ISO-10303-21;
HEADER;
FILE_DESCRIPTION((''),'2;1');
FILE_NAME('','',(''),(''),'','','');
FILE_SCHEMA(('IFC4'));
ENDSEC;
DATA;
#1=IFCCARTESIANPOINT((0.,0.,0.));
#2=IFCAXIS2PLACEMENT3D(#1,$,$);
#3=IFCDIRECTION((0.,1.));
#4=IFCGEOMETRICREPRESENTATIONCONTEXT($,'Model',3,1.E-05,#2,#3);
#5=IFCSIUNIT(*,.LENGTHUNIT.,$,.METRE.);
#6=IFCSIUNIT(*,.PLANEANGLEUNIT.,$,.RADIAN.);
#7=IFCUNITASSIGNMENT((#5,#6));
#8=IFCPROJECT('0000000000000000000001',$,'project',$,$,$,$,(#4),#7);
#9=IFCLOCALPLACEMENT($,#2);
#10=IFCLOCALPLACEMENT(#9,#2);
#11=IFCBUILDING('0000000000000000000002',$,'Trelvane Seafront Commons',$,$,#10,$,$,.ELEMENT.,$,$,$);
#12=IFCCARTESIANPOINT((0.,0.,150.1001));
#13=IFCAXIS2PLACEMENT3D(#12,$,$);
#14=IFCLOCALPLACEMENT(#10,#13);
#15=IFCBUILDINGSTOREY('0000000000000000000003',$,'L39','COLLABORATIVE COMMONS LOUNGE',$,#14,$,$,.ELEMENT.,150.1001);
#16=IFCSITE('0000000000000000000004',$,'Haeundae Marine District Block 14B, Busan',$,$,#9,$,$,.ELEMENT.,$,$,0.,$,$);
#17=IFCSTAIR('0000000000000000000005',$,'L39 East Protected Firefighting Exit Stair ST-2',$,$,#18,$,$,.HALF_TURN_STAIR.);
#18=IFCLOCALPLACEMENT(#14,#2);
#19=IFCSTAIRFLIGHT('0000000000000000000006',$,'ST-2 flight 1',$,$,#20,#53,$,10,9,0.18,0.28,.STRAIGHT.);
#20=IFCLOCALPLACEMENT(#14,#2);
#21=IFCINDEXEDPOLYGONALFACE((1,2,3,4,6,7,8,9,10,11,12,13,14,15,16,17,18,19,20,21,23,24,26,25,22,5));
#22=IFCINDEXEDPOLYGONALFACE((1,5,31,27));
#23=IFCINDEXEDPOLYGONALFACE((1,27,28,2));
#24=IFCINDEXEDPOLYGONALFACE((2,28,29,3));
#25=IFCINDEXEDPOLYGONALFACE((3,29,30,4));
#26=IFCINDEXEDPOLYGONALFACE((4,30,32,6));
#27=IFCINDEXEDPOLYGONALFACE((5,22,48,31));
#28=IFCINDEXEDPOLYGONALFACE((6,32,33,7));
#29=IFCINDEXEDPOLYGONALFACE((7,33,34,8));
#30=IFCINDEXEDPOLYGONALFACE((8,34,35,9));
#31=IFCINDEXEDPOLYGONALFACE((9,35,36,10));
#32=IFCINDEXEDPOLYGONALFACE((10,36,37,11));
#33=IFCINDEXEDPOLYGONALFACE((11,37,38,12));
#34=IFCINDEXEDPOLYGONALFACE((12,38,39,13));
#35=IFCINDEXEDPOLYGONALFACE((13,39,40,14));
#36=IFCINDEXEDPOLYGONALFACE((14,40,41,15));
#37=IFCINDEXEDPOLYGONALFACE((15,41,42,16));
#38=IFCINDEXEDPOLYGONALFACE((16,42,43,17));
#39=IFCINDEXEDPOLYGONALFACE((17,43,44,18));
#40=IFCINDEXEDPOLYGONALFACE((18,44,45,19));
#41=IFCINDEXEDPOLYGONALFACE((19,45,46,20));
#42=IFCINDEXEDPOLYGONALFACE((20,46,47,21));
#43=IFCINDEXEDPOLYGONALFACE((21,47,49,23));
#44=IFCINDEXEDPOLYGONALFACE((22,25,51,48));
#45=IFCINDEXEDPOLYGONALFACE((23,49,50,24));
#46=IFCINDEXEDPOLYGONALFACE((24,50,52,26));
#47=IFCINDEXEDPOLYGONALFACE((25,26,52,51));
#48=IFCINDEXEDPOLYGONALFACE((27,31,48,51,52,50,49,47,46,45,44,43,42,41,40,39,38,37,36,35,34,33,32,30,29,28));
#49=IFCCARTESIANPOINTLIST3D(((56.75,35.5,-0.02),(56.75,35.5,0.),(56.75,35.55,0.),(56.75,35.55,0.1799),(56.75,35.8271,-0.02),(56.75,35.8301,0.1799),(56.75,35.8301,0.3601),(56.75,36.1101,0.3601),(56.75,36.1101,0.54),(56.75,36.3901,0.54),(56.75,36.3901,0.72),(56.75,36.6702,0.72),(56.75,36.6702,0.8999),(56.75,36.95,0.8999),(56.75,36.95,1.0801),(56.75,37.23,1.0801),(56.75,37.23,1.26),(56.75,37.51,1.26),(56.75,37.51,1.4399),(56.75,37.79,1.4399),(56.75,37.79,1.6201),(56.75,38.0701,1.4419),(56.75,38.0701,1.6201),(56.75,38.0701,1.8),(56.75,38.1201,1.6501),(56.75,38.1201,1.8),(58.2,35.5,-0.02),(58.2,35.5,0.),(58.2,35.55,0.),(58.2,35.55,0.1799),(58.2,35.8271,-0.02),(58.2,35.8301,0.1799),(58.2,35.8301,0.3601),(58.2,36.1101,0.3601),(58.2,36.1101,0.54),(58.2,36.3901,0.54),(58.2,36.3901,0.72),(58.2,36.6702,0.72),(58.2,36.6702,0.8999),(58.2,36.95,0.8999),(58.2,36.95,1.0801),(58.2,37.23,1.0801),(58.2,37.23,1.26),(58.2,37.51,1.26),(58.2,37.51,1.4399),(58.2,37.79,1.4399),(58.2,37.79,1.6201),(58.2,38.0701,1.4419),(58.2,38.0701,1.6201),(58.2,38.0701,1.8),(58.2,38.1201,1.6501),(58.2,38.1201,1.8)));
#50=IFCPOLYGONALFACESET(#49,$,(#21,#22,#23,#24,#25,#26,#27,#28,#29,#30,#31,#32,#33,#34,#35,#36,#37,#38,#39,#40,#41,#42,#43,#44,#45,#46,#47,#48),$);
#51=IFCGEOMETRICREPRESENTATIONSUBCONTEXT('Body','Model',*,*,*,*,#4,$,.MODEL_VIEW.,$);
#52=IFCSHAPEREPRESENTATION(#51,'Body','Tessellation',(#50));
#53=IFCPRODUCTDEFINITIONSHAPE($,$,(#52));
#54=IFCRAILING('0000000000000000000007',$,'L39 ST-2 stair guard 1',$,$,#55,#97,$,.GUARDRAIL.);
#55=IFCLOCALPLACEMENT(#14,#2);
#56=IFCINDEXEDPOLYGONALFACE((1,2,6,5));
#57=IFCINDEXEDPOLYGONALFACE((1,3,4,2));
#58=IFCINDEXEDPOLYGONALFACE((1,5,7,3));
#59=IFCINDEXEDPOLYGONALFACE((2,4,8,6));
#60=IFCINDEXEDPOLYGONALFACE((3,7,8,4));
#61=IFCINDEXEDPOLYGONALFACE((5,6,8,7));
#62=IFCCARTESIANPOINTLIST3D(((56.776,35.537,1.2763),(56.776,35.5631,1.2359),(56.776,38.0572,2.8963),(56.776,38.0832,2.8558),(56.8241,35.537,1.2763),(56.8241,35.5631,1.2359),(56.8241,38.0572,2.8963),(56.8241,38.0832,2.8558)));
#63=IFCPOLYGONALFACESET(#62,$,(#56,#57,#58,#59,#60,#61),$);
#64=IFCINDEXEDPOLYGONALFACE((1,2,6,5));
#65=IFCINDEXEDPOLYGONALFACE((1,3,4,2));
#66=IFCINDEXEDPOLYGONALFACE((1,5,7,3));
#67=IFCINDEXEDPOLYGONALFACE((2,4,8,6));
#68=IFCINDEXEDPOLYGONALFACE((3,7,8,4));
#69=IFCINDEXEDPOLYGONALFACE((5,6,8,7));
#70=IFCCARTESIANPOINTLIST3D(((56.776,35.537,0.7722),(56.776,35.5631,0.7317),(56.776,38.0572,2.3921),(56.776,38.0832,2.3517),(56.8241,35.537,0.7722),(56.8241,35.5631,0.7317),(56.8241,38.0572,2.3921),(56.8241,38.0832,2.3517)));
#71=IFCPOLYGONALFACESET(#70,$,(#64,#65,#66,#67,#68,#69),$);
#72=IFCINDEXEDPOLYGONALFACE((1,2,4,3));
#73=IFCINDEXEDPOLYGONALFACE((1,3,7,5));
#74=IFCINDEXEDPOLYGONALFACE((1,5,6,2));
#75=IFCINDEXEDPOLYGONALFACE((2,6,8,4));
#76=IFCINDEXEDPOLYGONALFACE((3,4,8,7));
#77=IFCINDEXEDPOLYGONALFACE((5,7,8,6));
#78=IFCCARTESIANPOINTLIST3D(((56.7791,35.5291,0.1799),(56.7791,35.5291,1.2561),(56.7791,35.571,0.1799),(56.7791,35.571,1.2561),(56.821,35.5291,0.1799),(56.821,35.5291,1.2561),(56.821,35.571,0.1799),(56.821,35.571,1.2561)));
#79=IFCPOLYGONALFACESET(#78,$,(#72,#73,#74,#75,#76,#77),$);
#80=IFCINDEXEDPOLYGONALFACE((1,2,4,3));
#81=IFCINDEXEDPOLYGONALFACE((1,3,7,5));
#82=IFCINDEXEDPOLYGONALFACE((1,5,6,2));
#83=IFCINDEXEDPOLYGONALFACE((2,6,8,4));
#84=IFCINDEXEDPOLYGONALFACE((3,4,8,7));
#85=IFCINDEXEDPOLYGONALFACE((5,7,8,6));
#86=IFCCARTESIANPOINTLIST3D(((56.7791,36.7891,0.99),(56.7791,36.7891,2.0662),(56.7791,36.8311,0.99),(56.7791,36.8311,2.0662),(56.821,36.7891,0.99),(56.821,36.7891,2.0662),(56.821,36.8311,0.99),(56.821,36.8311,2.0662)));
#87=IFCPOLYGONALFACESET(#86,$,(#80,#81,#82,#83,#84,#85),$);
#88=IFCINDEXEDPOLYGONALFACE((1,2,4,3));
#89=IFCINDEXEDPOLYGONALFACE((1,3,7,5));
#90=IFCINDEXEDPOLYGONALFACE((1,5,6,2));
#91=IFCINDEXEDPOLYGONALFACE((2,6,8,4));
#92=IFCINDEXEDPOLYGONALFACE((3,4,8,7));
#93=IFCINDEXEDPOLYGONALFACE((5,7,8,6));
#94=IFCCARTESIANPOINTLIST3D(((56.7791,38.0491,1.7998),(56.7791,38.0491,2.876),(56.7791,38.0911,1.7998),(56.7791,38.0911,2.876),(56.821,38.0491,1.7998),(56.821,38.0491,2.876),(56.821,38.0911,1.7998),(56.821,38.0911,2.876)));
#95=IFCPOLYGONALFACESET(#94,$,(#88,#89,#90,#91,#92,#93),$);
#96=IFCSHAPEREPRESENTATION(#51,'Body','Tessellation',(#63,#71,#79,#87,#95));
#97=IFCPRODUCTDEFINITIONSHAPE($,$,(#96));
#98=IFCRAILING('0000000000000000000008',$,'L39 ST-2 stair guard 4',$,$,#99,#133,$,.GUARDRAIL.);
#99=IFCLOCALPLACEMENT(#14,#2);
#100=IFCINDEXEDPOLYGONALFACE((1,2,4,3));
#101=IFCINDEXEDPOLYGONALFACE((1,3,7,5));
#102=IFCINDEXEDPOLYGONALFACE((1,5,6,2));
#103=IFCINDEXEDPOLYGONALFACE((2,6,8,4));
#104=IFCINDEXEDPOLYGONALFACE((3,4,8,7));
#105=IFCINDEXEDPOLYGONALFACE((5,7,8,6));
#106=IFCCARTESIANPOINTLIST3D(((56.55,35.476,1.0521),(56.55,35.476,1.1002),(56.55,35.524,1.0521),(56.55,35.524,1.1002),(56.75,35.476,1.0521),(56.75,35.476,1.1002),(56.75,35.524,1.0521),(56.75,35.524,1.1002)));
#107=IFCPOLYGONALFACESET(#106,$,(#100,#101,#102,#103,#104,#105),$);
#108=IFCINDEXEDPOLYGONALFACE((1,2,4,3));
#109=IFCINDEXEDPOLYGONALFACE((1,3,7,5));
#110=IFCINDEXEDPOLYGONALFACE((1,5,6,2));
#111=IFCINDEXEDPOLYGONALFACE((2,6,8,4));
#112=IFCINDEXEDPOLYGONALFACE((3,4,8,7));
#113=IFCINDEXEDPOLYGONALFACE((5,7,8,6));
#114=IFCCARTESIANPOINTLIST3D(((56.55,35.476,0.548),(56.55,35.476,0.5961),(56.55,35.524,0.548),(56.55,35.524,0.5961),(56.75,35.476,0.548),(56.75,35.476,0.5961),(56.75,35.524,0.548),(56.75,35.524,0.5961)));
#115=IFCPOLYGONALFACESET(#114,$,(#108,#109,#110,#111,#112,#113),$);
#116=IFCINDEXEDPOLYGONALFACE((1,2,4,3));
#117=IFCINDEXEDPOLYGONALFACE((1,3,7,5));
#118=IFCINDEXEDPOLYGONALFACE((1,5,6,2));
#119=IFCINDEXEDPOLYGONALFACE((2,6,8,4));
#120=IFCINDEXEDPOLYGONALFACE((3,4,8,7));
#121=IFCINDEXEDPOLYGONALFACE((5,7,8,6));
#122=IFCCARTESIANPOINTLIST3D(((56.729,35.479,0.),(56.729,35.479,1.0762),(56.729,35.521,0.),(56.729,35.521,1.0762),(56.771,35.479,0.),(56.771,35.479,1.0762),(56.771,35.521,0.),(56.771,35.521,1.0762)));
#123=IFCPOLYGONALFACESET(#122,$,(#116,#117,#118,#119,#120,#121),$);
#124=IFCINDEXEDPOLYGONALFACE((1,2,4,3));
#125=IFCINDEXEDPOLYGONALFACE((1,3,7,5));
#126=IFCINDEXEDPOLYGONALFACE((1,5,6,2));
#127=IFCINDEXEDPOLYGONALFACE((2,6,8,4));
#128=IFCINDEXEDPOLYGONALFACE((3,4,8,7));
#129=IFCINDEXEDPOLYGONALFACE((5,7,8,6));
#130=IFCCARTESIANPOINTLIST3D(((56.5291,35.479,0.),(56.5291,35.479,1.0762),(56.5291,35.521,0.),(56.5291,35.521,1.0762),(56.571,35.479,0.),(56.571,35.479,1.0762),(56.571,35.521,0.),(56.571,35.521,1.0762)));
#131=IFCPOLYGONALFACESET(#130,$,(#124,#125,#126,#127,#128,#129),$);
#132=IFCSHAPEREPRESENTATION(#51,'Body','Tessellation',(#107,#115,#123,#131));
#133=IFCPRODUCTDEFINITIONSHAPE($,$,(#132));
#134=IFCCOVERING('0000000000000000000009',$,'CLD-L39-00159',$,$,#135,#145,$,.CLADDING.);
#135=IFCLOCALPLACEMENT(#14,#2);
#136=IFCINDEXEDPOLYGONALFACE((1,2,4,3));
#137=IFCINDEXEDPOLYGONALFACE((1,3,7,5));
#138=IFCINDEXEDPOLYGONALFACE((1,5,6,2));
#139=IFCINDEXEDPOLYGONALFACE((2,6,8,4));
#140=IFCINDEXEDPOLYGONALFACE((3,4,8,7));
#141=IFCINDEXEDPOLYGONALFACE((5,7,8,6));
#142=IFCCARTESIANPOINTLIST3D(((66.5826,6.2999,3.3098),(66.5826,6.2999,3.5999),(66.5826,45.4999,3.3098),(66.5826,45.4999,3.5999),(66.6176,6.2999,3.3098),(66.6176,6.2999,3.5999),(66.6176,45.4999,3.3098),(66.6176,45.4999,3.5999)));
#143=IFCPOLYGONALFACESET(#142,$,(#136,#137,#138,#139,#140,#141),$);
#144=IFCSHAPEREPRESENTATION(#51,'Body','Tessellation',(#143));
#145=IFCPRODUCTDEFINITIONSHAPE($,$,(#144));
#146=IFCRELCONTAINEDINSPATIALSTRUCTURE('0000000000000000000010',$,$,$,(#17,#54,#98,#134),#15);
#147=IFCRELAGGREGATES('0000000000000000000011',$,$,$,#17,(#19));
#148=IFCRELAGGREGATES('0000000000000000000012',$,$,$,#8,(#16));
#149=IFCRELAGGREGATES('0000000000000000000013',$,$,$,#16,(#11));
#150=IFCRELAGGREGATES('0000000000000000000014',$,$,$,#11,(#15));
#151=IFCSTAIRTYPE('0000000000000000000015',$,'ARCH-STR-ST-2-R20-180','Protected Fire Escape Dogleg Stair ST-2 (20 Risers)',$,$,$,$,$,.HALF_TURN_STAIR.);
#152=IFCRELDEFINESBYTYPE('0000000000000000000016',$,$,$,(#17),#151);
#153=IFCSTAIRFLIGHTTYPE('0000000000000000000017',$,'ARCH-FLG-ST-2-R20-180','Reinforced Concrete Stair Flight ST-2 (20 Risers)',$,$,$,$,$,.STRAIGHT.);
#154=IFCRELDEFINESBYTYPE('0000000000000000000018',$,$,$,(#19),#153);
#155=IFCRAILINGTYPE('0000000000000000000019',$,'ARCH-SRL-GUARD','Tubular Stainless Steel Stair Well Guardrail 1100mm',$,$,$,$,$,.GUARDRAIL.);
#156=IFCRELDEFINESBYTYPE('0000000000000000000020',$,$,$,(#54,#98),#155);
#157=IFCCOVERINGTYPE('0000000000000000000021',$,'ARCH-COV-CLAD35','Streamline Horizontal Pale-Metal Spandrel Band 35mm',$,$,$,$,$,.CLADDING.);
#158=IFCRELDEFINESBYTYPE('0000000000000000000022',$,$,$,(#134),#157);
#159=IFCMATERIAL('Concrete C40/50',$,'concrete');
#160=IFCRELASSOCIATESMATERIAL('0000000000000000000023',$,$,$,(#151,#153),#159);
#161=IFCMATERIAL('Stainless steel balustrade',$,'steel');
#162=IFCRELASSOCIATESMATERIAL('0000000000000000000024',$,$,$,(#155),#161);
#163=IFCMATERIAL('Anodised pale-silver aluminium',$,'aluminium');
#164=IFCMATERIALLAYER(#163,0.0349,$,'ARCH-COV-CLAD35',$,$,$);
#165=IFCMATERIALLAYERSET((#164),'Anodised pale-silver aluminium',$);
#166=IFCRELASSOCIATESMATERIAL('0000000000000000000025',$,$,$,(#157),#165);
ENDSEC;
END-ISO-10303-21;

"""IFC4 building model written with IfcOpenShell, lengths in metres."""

from ifc_helpers import new_model, si_unit, direction, frame, origin, origin_2d, place, context, subcontext, project, spatial, polyline, rectangle, outline, extrude, source, transform, mapped, material, layer, layer_set, type_object, element, aggregate, save


model = new_model("IFC4")

# Units and contexts
model_context = context("Model", 3, precision=1e-05, world=origin(), true_north=direction((0.0, 1.0)))
body_context = subcontext(model_context, "Body", "Model", "MODEL_VIEW")
ifc_project = project(units=[si_unit("LENGTHUNIT", "METRE"), si_unit("PLANEANGLEUNIT", "RADIAN")], contexts=[model_context])

# Site, building, storey
site_placement = place(None, origin())
site = spatial("IfcSite", under=ifc_project, at=site_placement, Name="Haeundae Marine District Block 14B, Busan", CompositionType="ELEMENT", RefElevation=0.0)
building_placement = place(site_placement, origin())
building = spatial("IfcBuilding", under=site, at=building_placement, Name="Trelvane Seafront Commons", CompositionType="ELEMENT")
storey_placement = place(building_placement, frame((0.0, 0.0, 150.1001)))
storey = spatial("IfcBuildingStorey", under=building, at=storey_placement, Name="L39", Description="COLLABORATIVE COMMONS LOUNGE", CompositionType="ELEMENT", Elevation=150.1001)

# Stair, stair flight
ifc_material_1 = material(Name="Concrete C40/50", Category="concrete")
stair_type = type_object("IfcStairType", Name="ARCH-STR-ST-2-R20-180", Description="Protected Fire Escape Dogleg Stair ST-2 (20 Risers)", PredefinedType="HALF_TURN_STAIR", material=ifc_material_1)
stair_placement = place(storey_placement, origin())
stair = element("IfcStair", 1, at=stair_placement, inside=storey, type_object=stair_type, Name="L39 East Protected Firefighting Exit Stair ST-2", PredefinedType="HALF_TURN_STAIR")
stair_flight_type = type_object("IfcStairFlightType", Name="ARCH-FLG-ST-2-R20-180", Description="Reinforced Concrete Stair Flight ST-2 (20 Risers)", PredefinedType="STRAIGHT", material=ifc_material_1)
shared_shape_1 = source(origin(), body_context, "Body", "SweptSolid", [
    extrude(outline(polyline([(-0.05, -0.02), (-0.05, 0.0), (0.0, 0.0), (0.0, 0.1799), (0.28, 0.1799), (0.28, 0.3601), (0.5601, 0.3601), (0.5601, 0.54), (0.8401, 0.54), (0.8401, 0.72), (1.1201, 0.72), (1.1201, 0.8999), (1.3999, 0.8999), (1.3999, 1.0801), (1.6799, 1.0801), (1.6799, 1.26), (1.96, 1.26), (1.96, 1.4399), (2.24, 1.4399), (2.24, 1.6201), (2.52, 1.6201), (2.52, 1.8), (2.5701, 1.8), (2.5701, 1.6501), (2.52, 1.4419), (0.2771, -0.02), (-0.05, -0.02)])), frame((0.0, 0.7251, 0.0), z_axis=(0.0, -1.0, 0.0), x_axis=(1.0, 0.0, 0.0)), (0.0, 0.0, 1.0), 1.45),
])
stair_flight_placement = place(storey_placement, frame((57.4751, 35.55, 0.0), z_axis=(0.0, 0.0, 1.0), x_axis=(0.0, 1.0, 0.0)))
stair_flight = element("IfcStairFlight", 2, at=stair_flight_placement, type_object=stair_flight_type, Name="ST-2 flight 1", NumberOfRisers=10, NumberOfTreads=9, PredefinedType="STRAIGHT", RiserHeight=0.18, TreadLength=0.28, context=body_context, shape_type="MappedRepresentation", body=[
    mapped(shared_shape_1, transform((0.0, 0.0, 0.0), x_axis=(1.0, 0.0, 0.0), y_axis=(0.0, 1.0, 0.0), z_axis=(0.0, 0.0, 1.0), scale=1.0)),
])
aggregate(stair, [stair_flight])

# Railings
ifc_material_2 = material(Name="Stainless steel balustrade", Category="steel")
railing_type = type_object("IfcRailingType", Name="ARCH-SRL-GUARD", Description="Tubular Stainless Steel Stair Well Guardrail 1100mm", PredefinedType="GUARDRAIL", material=ifc_material_2)
railing_1_placement = place(storey_placement, frame((56.8, 35.55, 0.1799)))
element("IfcRailing", 3, at=railing_1_placement, inside=storey, type_object=railing_type, Name="L39 ST-2 stair guard 1", PredefinedType="GUARDRAIL", context=body_context, shape_type="SweptSolid", body=[
    extrude(rectangle(XDim=0.0481, YDim=0.0481, at=origin_2d()), frame((0.0, 0.0, 1.0762), z_axis=(0.0, 0.8412, 0.540725), x_axis=(-1.0, 0.0, 0.0)), (0.0, 0.0, 1.0), 2.9958),
    extrude(rectangle(XDim=0.0481, YDim=0.0481, at=origin_2d()), frame((0.0, 0.0, 0.572), z_axis=(0.0, 0.8412, 0.540725), x_axis=(-1.0, 0.0, 0.0)), (0.0, 0.0, 1.0), 2.9958),
    extrude(rectangle(XDim=0.042, YDim=0.042, at=origin_2d()), origin(), (0.0, 0.0, 1.0), 1.0762),
    extrude(rectangle(XDim=0.042, YDim=0.042, at=origin_2d()), frame((0.0, 1.26, 0.8101)), (0.0, 0.0, 1.0), 1.0762),
    extrude(rectangle(XDim=0.042, YDim=0.042, at=origin_2d()), frame((0.0, 2.52, 1.6199)), (0.0, 0.0, 1.0), 1.0762),
])
railing_2_placement = place(storey_placement, frame((56.75, 35.5, 0.0)))
element("IfcRailing", 4, at=railing_2_placement, inside=storey, type_object=railing_type, Name="L39 ST-2 stair guard 4", PredefinedType="GUARDRAIL", context=body_context, shape_type="SweptSolid", body=[
    extrude(rectangle(XDim=0.0481, YDim=0.0481, at=origin_2d()), frame((0.0, 0.0, 1.0762), z_axis=(-1.0, 0.0, 0.0), x_axis=(0.0, -1.0, 0.0)), (0.0, 0.0, 1.0), 0.2),
    extrude(rectangle(XDim=0.0481, YDim=0.0481, at=origin_2d()), frame((0.0, 0.0, 0.572), z_axis=(-1.0, 0.0, 0.0), x_axis=(0.0, -1.0, 0.0)), (0.0, 0.0, 1.0), 0.2),
    extrude(rectangle(XDim=0.042, YDim=0.042, at=origin_2d()), origin(), (0.0, 0.0, 1.0), 1.0762),
    extrude(rectangle(XDim=0.042, YDim=0.042, at=origin_2d()), frame((-0.2, 0.0, 0.0)), (0.0, 0.0, 1.0), 1.0762),
])

# Covering
ifc_material_3 = material(Name="Anodised pale-silver aluminium", Category="aluminium")
ifc_layer_1 = layer(ifc_material_3, 0.0349, Name="ARCH-COV-CLAD35")
ifc_layer_set_1 = layer_set([ifc_layer_1], Name="Anodised pale-silver aluminium")
covering_type = type_object("IfcCoveringType", Name="ARCH-COV-CLAD35", Description="Streamline Horizontal Pale-Metal Spandrel Band 35mm", PredefinedType="CLADDING", material=ifc_layer_set_1)
shared_shape_2 = source(origin(), body_context, "Body", "SweptSolid", [
    extrude(rectangle(XDim=39.2, YDim=0.0349, at=origin_2d()), origin(), (0.0, 0.0, 1.0), 0.29),
])
covering_placement = place(storey_placement, frame((66.6001, 25.8999, 3.3098), z_axis=(0.0, 0.0, 1.0), x_axis=(0.0, -1.0, 0.0)))
element("IfcCovering", 5, at=covering_placement, inside=storey, type_object=covering_type, Name="CLD-L39-00159", PredefinedType="CLADDING", context=body_context, shape_type="MappedRepresentation", body=[
    mapped(shared_shape_2, transform((0.0, 0.0, 0.0), x_axis=(1.0, 0.0, 0.0), y_axis=(0.0, 1.0, 0.0), z_axis=(0.0, 0.0, 1.0), scale=1.0)),
])

save(model, "model.ifc")
